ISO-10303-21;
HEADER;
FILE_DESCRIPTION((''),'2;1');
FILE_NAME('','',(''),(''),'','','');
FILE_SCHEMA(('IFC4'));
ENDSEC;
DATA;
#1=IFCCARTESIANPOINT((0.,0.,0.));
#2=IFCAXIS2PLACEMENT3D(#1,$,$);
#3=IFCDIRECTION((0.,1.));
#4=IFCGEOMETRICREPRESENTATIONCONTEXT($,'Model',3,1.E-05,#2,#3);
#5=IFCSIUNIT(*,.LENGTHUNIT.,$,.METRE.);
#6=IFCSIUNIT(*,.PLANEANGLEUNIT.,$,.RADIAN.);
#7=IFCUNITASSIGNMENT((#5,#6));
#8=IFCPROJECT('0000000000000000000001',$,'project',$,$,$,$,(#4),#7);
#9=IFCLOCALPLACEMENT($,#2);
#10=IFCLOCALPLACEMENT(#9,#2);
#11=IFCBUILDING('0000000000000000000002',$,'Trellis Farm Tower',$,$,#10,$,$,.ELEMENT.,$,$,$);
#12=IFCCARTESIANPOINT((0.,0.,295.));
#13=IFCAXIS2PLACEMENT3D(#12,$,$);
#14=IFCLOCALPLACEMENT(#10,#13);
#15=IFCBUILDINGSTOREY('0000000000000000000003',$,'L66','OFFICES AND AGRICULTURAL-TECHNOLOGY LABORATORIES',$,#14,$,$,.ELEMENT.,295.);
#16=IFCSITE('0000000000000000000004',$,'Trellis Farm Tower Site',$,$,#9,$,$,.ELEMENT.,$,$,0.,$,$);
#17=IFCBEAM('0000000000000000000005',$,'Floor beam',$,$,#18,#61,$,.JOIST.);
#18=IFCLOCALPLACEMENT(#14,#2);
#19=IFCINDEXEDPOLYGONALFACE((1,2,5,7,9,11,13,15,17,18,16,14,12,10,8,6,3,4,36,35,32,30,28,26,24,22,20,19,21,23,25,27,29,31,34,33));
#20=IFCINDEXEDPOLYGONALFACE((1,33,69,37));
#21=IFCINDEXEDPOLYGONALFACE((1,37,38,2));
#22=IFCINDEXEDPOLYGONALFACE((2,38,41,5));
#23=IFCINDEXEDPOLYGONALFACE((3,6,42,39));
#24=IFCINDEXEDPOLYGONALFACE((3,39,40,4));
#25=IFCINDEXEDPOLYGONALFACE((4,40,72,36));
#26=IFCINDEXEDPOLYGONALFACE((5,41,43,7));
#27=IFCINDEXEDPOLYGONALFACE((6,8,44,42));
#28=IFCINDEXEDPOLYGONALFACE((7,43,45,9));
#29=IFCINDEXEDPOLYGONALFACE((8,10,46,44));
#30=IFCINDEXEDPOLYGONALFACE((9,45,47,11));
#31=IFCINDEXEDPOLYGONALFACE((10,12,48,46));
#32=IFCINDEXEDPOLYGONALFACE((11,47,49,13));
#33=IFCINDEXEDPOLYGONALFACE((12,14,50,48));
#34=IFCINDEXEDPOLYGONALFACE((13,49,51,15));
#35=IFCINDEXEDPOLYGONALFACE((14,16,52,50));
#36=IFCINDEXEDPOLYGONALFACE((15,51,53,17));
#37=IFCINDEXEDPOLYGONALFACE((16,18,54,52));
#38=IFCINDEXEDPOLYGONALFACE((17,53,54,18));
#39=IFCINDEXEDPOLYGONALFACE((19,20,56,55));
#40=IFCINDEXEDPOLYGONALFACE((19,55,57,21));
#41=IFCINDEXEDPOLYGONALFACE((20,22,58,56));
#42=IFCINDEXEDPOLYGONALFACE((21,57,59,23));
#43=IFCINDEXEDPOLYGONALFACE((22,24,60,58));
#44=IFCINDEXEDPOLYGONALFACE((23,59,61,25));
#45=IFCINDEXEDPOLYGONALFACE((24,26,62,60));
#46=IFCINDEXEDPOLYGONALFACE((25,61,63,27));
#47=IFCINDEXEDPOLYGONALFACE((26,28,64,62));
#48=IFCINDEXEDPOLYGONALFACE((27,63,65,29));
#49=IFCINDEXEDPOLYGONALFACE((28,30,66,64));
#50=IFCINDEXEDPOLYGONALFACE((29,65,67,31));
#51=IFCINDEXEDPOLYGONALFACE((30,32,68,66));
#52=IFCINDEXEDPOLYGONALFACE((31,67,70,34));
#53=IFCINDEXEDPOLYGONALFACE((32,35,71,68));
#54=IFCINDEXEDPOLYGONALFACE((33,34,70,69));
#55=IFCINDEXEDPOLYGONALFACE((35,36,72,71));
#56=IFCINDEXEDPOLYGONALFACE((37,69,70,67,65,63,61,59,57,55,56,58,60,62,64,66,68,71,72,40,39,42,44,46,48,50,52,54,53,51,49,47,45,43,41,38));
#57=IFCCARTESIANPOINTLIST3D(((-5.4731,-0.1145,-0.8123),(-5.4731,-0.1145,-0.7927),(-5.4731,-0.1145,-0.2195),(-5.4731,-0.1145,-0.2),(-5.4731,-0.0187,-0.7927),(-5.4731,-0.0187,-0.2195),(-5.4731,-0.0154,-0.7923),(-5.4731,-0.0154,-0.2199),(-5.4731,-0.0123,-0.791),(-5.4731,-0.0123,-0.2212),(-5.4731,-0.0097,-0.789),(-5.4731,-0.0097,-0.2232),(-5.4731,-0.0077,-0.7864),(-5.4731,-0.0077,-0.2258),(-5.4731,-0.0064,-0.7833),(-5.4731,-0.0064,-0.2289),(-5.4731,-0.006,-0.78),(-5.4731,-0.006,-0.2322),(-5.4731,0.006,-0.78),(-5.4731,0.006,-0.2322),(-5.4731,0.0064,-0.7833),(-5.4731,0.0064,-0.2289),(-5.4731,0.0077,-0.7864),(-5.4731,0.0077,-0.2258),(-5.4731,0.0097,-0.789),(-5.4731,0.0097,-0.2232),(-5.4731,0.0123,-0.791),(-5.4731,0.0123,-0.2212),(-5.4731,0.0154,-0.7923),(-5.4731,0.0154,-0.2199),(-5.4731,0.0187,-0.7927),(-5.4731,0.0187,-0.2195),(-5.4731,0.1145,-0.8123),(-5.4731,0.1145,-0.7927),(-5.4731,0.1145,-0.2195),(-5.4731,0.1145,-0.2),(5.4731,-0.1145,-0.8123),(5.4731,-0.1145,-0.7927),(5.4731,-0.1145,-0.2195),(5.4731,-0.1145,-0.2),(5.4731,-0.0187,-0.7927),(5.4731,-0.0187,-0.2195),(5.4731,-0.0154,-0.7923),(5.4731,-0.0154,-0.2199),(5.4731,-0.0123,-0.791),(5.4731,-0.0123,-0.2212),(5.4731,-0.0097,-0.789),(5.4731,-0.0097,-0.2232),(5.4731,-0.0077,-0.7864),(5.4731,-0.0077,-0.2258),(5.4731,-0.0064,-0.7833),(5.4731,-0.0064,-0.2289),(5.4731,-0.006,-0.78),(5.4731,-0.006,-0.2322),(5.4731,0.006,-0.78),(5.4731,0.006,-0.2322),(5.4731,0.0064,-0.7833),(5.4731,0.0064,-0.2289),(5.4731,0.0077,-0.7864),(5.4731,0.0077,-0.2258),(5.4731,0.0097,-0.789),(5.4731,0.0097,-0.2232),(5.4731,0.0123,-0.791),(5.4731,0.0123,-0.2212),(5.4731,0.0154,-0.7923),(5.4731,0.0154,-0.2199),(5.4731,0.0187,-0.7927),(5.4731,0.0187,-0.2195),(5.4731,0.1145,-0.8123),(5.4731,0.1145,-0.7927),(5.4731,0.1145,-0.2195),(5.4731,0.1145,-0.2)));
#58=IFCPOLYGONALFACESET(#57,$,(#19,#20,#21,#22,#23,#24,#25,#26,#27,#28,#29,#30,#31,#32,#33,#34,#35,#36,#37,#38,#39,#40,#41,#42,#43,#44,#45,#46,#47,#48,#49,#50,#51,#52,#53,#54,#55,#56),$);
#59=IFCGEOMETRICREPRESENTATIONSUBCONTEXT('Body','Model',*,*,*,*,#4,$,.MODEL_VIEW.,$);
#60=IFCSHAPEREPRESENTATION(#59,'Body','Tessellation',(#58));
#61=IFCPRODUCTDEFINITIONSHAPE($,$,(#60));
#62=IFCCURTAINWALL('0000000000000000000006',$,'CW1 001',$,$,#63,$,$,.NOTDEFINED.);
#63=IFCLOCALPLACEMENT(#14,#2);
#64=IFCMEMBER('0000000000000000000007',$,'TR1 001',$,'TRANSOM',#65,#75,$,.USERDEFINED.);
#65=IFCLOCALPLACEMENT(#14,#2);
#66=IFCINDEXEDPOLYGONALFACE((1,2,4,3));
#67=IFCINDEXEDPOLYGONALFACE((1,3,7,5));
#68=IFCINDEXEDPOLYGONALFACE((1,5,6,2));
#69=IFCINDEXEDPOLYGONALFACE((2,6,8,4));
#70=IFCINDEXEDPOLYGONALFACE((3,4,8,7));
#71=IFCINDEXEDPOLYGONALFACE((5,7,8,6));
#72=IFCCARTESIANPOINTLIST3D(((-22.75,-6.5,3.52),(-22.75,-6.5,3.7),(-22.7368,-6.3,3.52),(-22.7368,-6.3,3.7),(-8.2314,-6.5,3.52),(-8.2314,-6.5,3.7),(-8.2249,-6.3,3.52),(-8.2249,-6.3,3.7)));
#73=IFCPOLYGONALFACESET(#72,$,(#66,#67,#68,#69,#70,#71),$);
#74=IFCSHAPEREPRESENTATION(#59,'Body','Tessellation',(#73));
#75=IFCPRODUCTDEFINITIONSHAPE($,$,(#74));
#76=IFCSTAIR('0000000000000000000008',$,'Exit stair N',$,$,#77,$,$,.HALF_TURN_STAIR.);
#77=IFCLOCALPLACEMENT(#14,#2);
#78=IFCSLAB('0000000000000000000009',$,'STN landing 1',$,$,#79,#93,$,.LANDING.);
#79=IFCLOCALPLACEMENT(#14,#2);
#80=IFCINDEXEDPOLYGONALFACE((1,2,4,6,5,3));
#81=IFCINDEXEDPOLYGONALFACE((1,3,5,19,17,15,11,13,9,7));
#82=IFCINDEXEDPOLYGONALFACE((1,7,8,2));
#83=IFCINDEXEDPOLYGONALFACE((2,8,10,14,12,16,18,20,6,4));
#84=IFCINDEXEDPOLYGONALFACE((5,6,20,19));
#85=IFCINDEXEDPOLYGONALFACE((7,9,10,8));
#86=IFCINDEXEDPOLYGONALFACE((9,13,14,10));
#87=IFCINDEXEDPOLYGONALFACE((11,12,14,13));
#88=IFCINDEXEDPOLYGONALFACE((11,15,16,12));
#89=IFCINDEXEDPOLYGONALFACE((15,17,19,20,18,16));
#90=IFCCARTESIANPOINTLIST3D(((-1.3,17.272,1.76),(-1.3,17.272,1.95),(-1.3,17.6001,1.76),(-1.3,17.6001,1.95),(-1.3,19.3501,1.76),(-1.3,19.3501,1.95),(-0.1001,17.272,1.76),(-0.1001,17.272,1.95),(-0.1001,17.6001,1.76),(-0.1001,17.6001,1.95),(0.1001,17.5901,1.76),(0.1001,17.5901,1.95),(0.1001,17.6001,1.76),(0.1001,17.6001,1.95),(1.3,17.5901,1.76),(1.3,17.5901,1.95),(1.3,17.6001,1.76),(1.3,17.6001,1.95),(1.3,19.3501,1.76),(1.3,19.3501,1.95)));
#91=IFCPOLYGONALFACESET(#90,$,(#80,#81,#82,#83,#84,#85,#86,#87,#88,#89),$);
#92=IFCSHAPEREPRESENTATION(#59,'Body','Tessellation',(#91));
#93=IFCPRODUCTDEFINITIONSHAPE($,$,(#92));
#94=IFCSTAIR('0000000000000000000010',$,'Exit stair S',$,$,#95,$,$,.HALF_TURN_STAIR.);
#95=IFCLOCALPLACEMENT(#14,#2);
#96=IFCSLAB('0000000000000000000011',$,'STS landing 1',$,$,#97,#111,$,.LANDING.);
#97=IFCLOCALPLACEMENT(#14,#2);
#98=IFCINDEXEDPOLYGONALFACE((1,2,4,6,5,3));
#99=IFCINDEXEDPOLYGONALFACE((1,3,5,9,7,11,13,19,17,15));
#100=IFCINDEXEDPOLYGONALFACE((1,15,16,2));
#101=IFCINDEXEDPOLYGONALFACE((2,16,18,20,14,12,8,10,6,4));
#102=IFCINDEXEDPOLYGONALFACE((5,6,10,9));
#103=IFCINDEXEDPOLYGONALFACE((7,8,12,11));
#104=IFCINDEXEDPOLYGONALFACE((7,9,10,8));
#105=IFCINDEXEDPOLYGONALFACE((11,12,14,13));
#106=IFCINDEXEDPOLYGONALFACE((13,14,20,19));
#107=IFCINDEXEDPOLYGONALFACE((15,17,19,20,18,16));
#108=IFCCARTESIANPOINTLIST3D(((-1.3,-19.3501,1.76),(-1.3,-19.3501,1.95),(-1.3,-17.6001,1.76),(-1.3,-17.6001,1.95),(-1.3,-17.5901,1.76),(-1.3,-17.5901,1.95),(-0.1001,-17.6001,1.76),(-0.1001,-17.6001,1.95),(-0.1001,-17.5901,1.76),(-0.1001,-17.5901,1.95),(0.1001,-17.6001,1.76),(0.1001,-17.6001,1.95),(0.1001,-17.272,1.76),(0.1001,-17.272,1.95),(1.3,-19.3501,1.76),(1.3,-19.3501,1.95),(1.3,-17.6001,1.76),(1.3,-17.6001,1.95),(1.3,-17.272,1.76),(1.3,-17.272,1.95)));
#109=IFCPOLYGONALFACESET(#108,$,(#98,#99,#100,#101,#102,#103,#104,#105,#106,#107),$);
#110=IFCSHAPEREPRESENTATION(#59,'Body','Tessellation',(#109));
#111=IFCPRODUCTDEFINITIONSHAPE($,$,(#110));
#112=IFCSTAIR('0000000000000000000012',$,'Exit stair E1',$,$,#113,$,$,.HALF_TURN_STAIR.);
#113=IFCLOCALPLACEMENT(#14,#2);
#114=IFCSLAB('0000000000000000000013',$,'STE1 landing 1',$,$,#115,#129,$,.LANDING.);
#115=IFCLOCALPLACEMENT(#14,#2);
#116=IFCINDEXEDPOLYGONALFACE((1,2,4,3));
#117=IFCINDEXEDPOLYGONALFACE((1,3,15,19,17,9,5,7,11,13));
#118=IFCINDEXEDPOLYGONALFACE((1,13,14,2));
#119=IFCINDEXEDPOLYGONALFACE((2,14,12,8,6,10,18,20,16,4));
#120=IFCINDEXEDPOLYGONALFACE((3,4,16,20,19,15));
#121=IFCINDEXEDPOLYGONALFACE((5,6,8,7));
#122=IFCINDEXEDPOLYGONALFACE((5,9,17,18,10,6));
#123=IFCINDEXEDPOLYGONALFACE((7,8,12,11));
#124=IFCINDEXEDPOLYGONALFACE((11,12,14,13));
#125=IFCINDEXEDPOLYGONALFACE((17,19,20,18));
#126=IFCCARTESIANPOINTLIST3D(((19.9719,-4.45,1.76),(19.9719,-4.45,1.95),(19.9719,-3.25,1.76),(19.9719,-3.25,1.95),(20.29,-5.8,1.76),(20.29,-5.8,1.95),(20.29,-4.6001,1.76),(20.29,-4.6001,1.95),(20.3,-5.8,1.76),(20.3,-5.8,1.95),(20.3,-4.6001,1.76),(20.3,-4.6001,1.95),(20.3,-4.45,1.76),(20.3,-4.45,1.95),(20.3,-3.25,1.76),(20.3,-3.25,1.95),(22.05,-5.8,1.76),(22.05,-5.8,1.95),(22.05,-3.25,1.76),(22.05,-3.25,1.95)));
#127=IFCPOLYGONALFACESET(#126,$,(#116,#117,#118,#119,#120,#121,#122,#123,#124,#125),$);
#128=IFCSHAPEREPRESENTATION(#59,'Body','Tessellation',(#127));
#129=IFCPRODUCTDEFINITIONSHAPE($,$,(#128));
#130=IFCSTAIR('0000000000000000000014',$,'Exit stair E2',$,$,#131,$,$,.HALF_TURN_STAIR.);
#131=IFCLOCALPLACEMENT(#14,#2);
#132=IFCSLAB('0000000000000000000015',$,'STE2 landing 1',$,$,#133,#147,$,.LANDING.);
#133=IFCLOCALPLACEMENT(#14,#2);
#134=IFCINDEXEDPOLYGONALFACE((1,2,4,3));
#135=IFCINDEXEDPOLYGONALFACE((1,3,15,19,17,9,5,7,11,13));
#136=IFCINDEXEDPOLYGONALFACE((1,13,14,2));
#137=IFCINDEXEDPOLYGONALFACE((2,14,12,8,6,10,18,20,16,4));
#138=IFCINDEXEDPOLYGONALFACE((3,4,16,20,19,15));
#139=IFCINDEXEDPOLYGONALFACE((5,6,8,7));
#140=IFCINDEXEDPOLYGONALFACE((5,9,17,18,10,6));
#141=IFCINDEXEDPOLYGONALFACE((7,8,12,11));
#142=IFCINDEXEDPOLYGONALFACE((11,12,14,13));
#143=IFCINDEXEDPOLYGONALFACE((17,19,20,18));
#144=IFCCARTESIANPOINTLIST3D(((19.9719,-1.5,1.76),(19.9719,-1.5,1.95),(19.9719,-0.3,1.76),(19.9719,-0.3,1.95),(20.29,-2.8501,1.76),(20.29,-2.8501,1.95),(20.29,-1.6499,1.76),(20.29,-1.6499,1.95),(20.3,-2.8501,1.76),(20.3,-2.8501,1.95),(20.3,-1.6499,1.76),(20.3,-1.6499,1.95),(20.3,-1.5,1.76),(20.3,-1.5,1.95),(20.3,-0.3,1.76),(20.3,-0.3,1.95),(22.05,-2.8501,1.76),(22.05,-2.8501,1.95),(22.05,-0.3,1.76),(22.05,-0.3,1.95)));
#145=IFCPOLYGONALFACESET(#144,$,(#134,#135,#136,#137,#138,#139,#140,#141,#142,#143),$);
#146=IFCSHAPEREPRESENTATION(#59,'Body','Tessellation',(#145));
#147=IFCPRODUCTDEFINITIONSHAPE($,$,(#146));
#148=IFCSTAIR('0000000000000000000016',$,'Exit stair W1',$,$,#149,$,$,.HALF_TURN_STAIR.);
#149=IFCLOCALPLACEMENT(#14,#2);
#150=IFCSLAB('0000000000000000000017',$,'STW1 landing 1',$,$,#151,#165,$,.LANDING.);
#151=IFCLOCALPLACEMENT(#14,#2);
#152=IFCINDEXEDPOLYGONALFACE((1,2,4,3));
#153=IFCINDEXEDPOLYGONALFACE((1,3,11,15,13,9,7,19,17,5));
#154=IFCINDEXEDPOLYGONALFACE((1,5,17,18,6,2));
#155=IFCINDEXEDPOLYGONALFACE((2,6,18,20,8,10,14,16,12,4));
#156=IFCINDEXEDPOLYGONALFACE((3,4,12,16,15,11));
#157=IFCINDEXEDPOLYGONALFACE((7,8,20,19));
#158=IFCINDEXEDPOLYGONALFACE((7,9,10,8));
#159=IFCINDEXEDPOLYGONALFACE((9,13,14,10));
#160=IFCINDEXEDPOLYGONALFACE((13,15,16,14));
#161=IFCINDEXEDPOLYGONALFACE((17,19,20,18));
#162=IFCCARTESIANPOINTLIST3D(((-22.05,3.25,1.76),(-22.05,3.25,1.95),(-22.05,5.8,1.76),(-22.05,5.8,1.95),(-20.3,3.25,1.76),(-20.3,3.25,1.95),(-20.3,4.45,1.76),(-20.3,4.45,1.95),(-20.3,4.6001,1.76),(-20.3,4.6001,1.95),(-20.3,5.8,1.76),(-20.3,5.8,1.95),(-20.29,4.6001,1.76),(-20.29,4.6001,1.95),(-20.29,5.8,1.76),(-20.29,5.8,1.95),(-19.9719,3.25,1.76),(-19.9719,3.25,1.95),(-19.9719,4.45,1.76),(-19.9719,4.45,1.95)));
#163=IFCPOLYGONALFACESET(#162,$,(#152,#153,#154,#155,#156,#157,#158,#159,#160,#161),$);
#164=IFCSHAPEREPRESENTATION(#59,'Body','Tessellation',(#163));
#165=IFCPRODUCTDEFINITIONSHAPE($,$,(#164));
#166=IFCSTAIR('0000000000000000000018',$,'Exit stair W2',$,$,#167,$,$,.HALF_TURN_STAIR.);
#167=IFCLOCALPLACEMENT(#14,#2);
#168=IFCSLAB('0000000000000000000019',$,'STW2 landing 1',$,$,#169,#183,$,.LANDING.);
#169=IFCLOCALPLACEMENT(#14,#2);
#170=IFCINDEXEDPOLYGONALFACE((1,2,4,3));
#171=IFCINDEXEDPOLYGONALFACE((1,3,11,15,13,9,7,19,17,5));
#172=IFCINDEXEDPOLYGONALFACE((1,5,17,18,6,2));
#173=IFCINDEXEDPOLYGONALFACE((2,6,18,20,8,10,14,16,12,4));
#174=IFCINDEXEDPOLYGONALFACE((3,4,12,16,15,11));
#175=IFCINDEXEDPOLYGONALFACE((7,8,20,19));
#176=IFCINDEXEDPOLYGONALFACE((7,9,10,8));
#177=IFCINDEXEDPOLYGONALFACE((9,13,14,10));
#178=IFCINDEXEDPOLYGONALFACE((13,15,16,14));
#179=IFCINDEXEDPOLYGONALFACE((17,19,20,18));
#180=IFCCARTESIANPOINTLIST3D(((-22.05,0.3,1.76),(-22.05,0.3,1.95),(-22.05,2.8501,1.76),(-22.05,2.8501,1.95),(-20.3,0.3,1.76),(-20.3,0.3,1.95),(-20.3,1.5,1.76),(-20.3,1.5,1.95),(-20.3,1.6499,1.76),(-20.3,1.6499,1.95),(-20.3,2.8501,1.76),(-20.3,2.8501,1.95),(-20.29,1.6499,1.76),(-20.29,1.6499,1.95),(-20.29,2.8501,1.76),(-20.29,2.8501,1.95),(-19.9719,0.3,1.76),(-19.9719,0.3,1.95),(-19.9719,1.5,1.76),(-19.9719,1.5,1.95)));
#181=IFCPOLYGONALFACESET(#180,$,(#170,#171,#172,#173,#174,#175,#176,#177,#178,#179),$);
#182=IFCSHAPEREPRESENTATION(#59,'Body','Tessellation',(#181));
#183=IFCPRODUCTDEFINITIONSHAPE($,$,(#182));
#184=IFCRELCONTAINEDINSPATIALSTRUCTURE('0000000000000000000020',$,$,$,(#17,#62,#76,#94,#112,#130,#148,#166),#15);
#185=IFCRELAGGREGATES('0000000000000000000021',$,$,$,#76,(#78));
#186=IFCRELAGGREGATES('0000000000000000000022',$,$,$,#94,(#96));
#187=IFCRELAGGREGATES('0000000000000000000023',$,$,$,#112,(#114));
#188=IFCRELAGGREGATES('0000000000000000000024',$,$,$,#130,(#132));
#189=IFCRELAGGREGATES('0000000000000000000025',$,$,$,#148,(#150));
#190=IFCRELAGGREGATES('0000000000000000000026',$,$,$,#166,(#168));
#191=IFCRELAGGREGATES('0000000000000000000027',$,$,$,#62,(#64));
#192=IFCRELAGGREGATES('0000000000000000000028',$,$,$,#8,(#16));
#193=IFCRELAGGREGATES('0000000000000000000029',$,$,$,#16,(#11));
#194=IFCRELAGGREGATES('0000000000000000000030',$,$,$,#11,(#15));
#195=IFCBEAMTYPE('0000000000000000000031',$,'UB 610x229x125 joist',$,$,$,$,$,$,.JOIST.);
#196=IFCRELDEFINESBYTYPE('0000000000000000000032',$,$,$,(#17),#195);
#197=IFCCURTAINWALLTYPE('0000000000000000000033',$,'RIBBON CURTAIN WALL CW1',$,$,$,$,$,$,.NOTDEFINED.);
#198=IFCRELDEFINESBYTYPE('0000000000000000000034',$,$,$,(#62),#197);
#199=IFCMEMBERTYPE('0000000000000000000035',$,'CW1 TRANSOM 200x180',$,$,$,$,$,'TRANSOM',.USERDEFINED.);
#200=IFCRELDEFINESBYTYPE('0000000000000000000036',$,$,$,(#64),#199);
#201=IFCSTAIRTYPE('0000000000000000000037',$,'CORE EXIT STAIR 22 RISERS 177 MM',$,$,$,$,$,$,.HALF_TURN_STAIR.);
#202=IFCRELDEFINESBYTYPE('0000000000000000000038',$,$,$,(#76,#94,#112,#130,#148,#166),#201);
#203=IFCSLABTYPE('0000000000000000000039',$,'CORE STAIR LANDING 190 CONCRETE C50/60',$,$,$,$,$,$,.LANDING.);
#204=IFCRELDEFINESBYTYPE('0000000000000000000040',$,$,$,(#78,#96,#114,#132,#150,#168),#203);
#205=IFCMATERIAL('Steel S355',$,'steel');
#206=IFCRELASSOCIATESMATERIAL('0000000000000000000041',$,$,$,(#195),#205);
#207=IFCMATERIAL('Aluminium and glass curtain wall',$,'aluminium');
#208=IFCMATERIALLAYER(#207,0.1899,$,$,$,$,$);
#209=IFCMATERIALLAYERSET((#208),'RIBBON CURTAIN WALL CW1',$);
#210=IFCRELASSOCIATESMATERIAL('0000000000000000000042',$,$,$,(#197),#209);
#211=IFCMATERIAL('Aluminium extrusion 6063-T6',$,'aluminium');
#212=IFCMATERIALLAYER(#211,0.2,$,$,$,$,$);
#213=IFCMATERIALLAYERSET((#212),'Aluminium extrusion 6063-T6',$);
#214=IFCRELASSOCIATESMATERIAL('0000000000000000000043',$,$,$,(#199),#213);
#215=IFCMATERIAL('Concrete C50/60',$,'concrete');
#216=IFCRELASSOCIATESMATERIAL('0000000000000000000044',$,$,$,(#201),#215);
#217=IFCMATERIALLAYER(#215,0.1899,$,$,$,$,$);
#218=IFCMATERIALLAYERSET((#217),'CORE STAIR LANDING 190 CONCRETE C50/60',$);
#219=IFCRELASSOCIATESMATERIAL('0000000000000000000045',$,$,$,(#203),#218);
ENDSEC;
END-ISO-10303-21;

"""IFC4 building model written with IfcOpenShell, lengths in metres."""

from ifc_helpers import new_model, si_unit, direction, frame, origin, origin_2d, place, context, subcontext, project, spatial, polyline, i_section, outline, extrude, source, transform, mapped, material, layer, layer_set, material_profile, profile_set, type_object, element, aggregate, save


model = new_model("IFC4")

# Units and contexts
model_context = context("Model", 3, precision=1e-05, world=origin(), true_north=direction((0.0, 1.0)))
body_context = subcontext(model_context, "Body", "Model", "MODEL_VIEW")
ifc_project = project(units=[si_unit("LENGTHUNIT", "METRE"), si_unit("PLANEANGLEUNIT", "RADIAN")], contexts=[model_context])

# Site, building, storey
site_placement = place(None, origin())
site = spatial("IfcSite", under=ifc_project, at=site_placement, Name="Trellis Farm Tower Site", CompositionType="ELEMENT", RefElevation=0.0)
building_placement = place(site_placement, origin())
building = spatial("IfcBuilding", under=site, at=building_placement, Name="Trellis Farm Tower", CompositionType="ELEMENT")
storey_placement = place(building_placement, frame((0.0, 0.0, 295.0)))
storey = spatial("IfcBuildingStorey", under=building, at=storey_placement, Name="L66", Description="OFFICES AND AGRICULTURAL-TECHNOLOGY LABORATORIES", CompositionType="ELEMENT", Elevation=295.0)

# Beam
ifc_material_1 = material(Name="Steel S355", Category="steel")
ifc_material_profile = material_profile(ifc_material_1, i_section(OverallWidth=0.229, OverallDepth=0.6123, WebThickness=0.012, FlangeThickness=0.0195, FilletRadius=0.0127, at=origin_2d()), Name="UB 610x229x125")
ifc_profile_set = profile_set([ifc_material_profile], Name="Steel S355")
beam_type = type_object("IfcBeamType", Name="UB 610x229x125 joist", PredefinedType="JOIST", material=ifc_profile_set)
shared_shape_1 = source(origin(), body_context, "Body", "SweptSolid", [
    extrude(i_section(OverallWidth=0.229, OverallDepth=0.6123, WebThickness=0.012, FlangeThickness=0.0195, FilletRadius=0.0127, at=origin_2d()), origin(), (0.0, 0.0, 1.0), 10.9463),
])
beam_placement = place(storey_placement, frame((-5.4731, 0.0, -0.5061), z_axis=(1.0, 0.0, 0.0), x_axis=(0.0, 1.0, 0.0)))
element("IfcBeam", 1, at=beam_placement, inside=storey, type_object=beam_type, Name="Floor beam", PredefinedType="JOIST", context=body_context, shape_type="MappedRepresentation", body=[
    mapped(shared_shape_1, transform((0.0, 0.0, 0.0))),
])

# Curtain wall, member
ifc_material_2 = material(Name="Aluminium and glass curtain wall", Category="aluminium")
ifc_layer_1 = layer(ifc_material_2, 0.1899)
ifc_layer_set_1 = layer_set([ifc_layer_1], Name="RIBBON CURTAIN WALL CW1")
curtain_wall_type_1 = type_object("IfcCurtainWallType", Name="RIBBON CURTAIN WALL CW1", PredefinedType="NOTDEFINED", material=ifc_layer_set_1)
placement_1 = place(storey_placement, origin())
curtain_wall_1 = element("IfcCurtainWall", 2, at=placement_1, inside=storey, type_object=curtain_wall_type_1, Name="CW1 001", PredefinedType="NOTDEFINED")
ifc_material_3 = material(Name="Aluminium extrusion 6063-T6", Category="aluminium")
ifc_layer_2 = layer(ifc_material_3, 0.2)
ifc_layer_set_2 = layer_set([ifc_layer_2], Name="Aluminium extrusion 6063-T6")
member_type = type_object("IfcMemberType", Name="CW1 TRANSOM 200x180", ElementType="TRANSOM", PredefinedType="USERDEFINED", material=ifc_layer_set_2)
shared_shape_2 = source(origin(), body_context, "Body", "SweptSolid", [
    extrude(outline(polyline([(-22.75, -6.5), (-8.2314, -6.5), (-8.2249, -6.3), (-22.7368, -6.3), (-22.75, -6.5)])), origin(), (0.0, 0.0, 1.0), 0.1799),
])
member_placement = place(storey_placement, frame((0.0, 0.0, 3.52)))
member = element("IfcMember", 3, at=member_placement, type_object=member_type, Name="TR1 001", ObjectType="TRANSOM", PredefinedType="USERDEFINED", context=body_context, shape_type="MappedRepresentation", body=[
    mapped(shared_shape_2, transform((0.0, 0.0, 0.0))),
])

# Stairs, slabs
ifc_material_4 = material(Name="Concrete C50/60", Category="concrete")
stair_type = type_object("IfcStairType", Name="CORE EXIT STAIR 22 RISERS 177 MM", PredefinedType="HALF_TURN_STAIR", material=ifc_material_4)
stair_1 = element("IfcStair", 4, at=placement_1, inside=storey, type_object=stair_type, Name="Exit stair N", PredefinedType="HALF_TURN_STAIR")
ifc_layer_3 = layer(ifc_material_4, 0.1899)
ifc_layer_set_3 = layer_set([ifc_layer_3], Name="CORE STAIR LANDING 190 CONCRETE C50/60")
slab_type_1 = type_object("IfcSlabType", Name="CORE STAIR LANDING 190 CONCRETE C50/60", PredefinedType="LANDING", material=ifc_layer_set_3)
shared_shape_3 = source(origin(), body_context, "Body", "SweptSolid", [
    extrude(outline(polyline([(-0.1001, 17.272), (-1.3, 17.272), (-1.3, 17.6001), (-1.3, 19.3501), (1.3, 19.3501), (1.3, 17.6001), (1.3, 17.5901), (0.1001, 17.5901), (0.1001, 17.6001), (-0.1001, 17.6001), (-0.1001, 17.272)])), origin(), (0.0, 0.0, 1.0), 0.1899),
])
placement_2 = place(storey_placement, frame((0.0, 0.0, 1.76)))
slab_1 = element("IfcSlab", 5, at=placement_2, type_object=slab_type_1, Name="STN landing 1", PredefinedType="LANDING", context=body_context, shape_type="MappedRepresentation", body=[
    mapped(shared_shape_3, transform((0.0, 0.0, 0.0))),
])
aggregate(stair_1, [slab_1])
stair_2 = element("IfcStair", 6, at=placement_1, inside=storey, type_object=stair_type, Name="Exit stair S", PredefinedType="HALF_TURN_STAIR")
shared_shape_4 = source(origin(), body_context, "Body", "SweptSolid", [
    extrude(outline(polyline([(1.3, -19.3501), (-1.3, -19.3501), (-1.3, -17.6001), (-1.3, -17.5901), (-0.1001, -17.5901), (-0.1001, -17.6001), (0.1001, -17.6001), (0.1001, -17.272), (1.3, -17.272), (1.3, -17.6001), (1.3, -19.3501)])), origin(), (0.0, 0.0, 1.0), 0.1899),
])
slab_2 = element("IfcSlab", 7, at=placement_2, type_object=slab_type_1, Name="STS landing 1", PredefinedType="LANDING", context=body_context, shape_type="MappedRepresentation", body=[
    mapped(shared_shape_4, transform((0.0, 0.0, 0.0))),
])
aggregate(stair_2, [slab_2])
stair_3 = element("IfcStair", 8, at=placement_1, inside=storey, type_object=stair_type, Name="Exit stair E1", PredefinedType="HALF_TURN_STAIR")
shared_shape_5 = source(origin(), body_context, "Body", "SweptSolid", [
    extrude(outline(polyline([(20.29, -5.8), (20.29, -4.6001), (20.3, -4.6001), (20.3, -4.45), (19.9719, -4.45), (19.9719, -3.25), (20.3, -3.25), (22.05, -3.25), (22.05, -5.8), (20.3, -5.8), (20.29, -5.8)])), origin(), (0.0, 0.0, 1.0), 0.1899),
])
slab_3 = element("IfcSlab", 9, at=placement_2, type_object=slab_type_1, Name="STE1 landing 1", PredefinedType="LANDING", context=body_context, shape_type="MappedRepresentation", body=[
    mapped(shared_shape_5, transform((0.0, 0.0, 0.0))),
])
aggregate(stair_3, [slab_3])
stair_4 = element("IfcStair", 10, at=placement_1, inside=storey, type_object=stair_type, Name="Exit stair E2", PredefinedType="HALF_TURN_STAIR")
shared_shape_6 = source(origin(), body_context, "Body", "SweptSolid", [
    extrude(outline(polyline([(20.29, -2.8501), (20.29, -1.6499), (20.3, -1.6499), (20.3, -1.5), (19.9719, -1.5), (19.9719, -0.3), (20.3, -0.3), (22.05, -0.3), (22.05, -2.8501), (20.3, -2.8501), (20.29, -2.8501)])), origin(), (0.0, 0.0, 1.0), 0.1899),
])
slab_4 = element("IfcSlab", 11, at=placement_2, type_object=slab_type_1, Name="STE2 landing 1", PredefinedType="LANDING", context=body_context, shape_type="MappedRepresentation", body=[
    mapped(shared_shape_6, transform((0.0, 0.0, 0.0))),
])
aggregate(stair_4, [slab_4])
stair_5 = element("IfcStair", 12, at=placement_1, inside=storey, type_object=stair_type, Name="Exit stair W1", PredefinedType="HALF_TURN_STAIR")
shared_shape_7 = source(origin(), body_context, "Body", "SweptSolid", [
    extrude(outline(polyline([(-19.9719, 4.45), (-19.9719, 3.25), (-20.3, 3.25), (-22.05, 3.25), (-22.05, 5.8), (-20.3, 5.8), (-20.29, 5.8), (-20.29, 4.6001), (-20.3, 4.6001), (-20.3, 4.45), (-19.9719, 4.45)])), origin(), (0.0, 0.0, 1.0), 0.1899),
])
slab_5 = element("IfcSlab", 13, at=placement_2, type_object=slab_type_1, Name="STW1 landing 1", PredefinedType="LANDING", context=body_context, shape_type="MappedRepresentation", body=[
    mapped(shared_shape_7, transform((0.0, 0.0, 0.0))),
])
aggregate(stair_5, [slab_5])
stair_6 = element("IfcStair", 14, at=placement_1, inside=storey, type_object=stair_type, Name="Exit stair W2", PredefinedType="HALF_TURN_STAIR")
shared_shape_8 = source(origin(), body_context, "Body", "SweptSolid", [
    extrude(outline(polyline([(-19.9719, 1.5), (-19.9719, 0.3), (-20.3, 0.3), (-22.05, 0.3), (-22.05, 2.8501), (-20.3, 2.8501), (-20.29, 2.8501), (-20.29, 1.6499), (-20.3, 1.6499), (-20.3, 1.5), (-19.9719, 1.5)])), origin(), (0.0, 0.0, 1.0), 0.1899),
])
slab_6 = element("IfcSlab", 15, at=placement_2, type_object=slab_type_1, Name="STW2 landing 1", PredefinedType="LANDING", context=body_context, shape_type="MappedRepresentation", body=[
    mapped(shared_shape_8, transform((0.0, 0.0, 0.0))),
])
aggregate(stair_6, [slab_6])

aggregate(curtain_wall_1, [member])

save(model, "model.ifc")
